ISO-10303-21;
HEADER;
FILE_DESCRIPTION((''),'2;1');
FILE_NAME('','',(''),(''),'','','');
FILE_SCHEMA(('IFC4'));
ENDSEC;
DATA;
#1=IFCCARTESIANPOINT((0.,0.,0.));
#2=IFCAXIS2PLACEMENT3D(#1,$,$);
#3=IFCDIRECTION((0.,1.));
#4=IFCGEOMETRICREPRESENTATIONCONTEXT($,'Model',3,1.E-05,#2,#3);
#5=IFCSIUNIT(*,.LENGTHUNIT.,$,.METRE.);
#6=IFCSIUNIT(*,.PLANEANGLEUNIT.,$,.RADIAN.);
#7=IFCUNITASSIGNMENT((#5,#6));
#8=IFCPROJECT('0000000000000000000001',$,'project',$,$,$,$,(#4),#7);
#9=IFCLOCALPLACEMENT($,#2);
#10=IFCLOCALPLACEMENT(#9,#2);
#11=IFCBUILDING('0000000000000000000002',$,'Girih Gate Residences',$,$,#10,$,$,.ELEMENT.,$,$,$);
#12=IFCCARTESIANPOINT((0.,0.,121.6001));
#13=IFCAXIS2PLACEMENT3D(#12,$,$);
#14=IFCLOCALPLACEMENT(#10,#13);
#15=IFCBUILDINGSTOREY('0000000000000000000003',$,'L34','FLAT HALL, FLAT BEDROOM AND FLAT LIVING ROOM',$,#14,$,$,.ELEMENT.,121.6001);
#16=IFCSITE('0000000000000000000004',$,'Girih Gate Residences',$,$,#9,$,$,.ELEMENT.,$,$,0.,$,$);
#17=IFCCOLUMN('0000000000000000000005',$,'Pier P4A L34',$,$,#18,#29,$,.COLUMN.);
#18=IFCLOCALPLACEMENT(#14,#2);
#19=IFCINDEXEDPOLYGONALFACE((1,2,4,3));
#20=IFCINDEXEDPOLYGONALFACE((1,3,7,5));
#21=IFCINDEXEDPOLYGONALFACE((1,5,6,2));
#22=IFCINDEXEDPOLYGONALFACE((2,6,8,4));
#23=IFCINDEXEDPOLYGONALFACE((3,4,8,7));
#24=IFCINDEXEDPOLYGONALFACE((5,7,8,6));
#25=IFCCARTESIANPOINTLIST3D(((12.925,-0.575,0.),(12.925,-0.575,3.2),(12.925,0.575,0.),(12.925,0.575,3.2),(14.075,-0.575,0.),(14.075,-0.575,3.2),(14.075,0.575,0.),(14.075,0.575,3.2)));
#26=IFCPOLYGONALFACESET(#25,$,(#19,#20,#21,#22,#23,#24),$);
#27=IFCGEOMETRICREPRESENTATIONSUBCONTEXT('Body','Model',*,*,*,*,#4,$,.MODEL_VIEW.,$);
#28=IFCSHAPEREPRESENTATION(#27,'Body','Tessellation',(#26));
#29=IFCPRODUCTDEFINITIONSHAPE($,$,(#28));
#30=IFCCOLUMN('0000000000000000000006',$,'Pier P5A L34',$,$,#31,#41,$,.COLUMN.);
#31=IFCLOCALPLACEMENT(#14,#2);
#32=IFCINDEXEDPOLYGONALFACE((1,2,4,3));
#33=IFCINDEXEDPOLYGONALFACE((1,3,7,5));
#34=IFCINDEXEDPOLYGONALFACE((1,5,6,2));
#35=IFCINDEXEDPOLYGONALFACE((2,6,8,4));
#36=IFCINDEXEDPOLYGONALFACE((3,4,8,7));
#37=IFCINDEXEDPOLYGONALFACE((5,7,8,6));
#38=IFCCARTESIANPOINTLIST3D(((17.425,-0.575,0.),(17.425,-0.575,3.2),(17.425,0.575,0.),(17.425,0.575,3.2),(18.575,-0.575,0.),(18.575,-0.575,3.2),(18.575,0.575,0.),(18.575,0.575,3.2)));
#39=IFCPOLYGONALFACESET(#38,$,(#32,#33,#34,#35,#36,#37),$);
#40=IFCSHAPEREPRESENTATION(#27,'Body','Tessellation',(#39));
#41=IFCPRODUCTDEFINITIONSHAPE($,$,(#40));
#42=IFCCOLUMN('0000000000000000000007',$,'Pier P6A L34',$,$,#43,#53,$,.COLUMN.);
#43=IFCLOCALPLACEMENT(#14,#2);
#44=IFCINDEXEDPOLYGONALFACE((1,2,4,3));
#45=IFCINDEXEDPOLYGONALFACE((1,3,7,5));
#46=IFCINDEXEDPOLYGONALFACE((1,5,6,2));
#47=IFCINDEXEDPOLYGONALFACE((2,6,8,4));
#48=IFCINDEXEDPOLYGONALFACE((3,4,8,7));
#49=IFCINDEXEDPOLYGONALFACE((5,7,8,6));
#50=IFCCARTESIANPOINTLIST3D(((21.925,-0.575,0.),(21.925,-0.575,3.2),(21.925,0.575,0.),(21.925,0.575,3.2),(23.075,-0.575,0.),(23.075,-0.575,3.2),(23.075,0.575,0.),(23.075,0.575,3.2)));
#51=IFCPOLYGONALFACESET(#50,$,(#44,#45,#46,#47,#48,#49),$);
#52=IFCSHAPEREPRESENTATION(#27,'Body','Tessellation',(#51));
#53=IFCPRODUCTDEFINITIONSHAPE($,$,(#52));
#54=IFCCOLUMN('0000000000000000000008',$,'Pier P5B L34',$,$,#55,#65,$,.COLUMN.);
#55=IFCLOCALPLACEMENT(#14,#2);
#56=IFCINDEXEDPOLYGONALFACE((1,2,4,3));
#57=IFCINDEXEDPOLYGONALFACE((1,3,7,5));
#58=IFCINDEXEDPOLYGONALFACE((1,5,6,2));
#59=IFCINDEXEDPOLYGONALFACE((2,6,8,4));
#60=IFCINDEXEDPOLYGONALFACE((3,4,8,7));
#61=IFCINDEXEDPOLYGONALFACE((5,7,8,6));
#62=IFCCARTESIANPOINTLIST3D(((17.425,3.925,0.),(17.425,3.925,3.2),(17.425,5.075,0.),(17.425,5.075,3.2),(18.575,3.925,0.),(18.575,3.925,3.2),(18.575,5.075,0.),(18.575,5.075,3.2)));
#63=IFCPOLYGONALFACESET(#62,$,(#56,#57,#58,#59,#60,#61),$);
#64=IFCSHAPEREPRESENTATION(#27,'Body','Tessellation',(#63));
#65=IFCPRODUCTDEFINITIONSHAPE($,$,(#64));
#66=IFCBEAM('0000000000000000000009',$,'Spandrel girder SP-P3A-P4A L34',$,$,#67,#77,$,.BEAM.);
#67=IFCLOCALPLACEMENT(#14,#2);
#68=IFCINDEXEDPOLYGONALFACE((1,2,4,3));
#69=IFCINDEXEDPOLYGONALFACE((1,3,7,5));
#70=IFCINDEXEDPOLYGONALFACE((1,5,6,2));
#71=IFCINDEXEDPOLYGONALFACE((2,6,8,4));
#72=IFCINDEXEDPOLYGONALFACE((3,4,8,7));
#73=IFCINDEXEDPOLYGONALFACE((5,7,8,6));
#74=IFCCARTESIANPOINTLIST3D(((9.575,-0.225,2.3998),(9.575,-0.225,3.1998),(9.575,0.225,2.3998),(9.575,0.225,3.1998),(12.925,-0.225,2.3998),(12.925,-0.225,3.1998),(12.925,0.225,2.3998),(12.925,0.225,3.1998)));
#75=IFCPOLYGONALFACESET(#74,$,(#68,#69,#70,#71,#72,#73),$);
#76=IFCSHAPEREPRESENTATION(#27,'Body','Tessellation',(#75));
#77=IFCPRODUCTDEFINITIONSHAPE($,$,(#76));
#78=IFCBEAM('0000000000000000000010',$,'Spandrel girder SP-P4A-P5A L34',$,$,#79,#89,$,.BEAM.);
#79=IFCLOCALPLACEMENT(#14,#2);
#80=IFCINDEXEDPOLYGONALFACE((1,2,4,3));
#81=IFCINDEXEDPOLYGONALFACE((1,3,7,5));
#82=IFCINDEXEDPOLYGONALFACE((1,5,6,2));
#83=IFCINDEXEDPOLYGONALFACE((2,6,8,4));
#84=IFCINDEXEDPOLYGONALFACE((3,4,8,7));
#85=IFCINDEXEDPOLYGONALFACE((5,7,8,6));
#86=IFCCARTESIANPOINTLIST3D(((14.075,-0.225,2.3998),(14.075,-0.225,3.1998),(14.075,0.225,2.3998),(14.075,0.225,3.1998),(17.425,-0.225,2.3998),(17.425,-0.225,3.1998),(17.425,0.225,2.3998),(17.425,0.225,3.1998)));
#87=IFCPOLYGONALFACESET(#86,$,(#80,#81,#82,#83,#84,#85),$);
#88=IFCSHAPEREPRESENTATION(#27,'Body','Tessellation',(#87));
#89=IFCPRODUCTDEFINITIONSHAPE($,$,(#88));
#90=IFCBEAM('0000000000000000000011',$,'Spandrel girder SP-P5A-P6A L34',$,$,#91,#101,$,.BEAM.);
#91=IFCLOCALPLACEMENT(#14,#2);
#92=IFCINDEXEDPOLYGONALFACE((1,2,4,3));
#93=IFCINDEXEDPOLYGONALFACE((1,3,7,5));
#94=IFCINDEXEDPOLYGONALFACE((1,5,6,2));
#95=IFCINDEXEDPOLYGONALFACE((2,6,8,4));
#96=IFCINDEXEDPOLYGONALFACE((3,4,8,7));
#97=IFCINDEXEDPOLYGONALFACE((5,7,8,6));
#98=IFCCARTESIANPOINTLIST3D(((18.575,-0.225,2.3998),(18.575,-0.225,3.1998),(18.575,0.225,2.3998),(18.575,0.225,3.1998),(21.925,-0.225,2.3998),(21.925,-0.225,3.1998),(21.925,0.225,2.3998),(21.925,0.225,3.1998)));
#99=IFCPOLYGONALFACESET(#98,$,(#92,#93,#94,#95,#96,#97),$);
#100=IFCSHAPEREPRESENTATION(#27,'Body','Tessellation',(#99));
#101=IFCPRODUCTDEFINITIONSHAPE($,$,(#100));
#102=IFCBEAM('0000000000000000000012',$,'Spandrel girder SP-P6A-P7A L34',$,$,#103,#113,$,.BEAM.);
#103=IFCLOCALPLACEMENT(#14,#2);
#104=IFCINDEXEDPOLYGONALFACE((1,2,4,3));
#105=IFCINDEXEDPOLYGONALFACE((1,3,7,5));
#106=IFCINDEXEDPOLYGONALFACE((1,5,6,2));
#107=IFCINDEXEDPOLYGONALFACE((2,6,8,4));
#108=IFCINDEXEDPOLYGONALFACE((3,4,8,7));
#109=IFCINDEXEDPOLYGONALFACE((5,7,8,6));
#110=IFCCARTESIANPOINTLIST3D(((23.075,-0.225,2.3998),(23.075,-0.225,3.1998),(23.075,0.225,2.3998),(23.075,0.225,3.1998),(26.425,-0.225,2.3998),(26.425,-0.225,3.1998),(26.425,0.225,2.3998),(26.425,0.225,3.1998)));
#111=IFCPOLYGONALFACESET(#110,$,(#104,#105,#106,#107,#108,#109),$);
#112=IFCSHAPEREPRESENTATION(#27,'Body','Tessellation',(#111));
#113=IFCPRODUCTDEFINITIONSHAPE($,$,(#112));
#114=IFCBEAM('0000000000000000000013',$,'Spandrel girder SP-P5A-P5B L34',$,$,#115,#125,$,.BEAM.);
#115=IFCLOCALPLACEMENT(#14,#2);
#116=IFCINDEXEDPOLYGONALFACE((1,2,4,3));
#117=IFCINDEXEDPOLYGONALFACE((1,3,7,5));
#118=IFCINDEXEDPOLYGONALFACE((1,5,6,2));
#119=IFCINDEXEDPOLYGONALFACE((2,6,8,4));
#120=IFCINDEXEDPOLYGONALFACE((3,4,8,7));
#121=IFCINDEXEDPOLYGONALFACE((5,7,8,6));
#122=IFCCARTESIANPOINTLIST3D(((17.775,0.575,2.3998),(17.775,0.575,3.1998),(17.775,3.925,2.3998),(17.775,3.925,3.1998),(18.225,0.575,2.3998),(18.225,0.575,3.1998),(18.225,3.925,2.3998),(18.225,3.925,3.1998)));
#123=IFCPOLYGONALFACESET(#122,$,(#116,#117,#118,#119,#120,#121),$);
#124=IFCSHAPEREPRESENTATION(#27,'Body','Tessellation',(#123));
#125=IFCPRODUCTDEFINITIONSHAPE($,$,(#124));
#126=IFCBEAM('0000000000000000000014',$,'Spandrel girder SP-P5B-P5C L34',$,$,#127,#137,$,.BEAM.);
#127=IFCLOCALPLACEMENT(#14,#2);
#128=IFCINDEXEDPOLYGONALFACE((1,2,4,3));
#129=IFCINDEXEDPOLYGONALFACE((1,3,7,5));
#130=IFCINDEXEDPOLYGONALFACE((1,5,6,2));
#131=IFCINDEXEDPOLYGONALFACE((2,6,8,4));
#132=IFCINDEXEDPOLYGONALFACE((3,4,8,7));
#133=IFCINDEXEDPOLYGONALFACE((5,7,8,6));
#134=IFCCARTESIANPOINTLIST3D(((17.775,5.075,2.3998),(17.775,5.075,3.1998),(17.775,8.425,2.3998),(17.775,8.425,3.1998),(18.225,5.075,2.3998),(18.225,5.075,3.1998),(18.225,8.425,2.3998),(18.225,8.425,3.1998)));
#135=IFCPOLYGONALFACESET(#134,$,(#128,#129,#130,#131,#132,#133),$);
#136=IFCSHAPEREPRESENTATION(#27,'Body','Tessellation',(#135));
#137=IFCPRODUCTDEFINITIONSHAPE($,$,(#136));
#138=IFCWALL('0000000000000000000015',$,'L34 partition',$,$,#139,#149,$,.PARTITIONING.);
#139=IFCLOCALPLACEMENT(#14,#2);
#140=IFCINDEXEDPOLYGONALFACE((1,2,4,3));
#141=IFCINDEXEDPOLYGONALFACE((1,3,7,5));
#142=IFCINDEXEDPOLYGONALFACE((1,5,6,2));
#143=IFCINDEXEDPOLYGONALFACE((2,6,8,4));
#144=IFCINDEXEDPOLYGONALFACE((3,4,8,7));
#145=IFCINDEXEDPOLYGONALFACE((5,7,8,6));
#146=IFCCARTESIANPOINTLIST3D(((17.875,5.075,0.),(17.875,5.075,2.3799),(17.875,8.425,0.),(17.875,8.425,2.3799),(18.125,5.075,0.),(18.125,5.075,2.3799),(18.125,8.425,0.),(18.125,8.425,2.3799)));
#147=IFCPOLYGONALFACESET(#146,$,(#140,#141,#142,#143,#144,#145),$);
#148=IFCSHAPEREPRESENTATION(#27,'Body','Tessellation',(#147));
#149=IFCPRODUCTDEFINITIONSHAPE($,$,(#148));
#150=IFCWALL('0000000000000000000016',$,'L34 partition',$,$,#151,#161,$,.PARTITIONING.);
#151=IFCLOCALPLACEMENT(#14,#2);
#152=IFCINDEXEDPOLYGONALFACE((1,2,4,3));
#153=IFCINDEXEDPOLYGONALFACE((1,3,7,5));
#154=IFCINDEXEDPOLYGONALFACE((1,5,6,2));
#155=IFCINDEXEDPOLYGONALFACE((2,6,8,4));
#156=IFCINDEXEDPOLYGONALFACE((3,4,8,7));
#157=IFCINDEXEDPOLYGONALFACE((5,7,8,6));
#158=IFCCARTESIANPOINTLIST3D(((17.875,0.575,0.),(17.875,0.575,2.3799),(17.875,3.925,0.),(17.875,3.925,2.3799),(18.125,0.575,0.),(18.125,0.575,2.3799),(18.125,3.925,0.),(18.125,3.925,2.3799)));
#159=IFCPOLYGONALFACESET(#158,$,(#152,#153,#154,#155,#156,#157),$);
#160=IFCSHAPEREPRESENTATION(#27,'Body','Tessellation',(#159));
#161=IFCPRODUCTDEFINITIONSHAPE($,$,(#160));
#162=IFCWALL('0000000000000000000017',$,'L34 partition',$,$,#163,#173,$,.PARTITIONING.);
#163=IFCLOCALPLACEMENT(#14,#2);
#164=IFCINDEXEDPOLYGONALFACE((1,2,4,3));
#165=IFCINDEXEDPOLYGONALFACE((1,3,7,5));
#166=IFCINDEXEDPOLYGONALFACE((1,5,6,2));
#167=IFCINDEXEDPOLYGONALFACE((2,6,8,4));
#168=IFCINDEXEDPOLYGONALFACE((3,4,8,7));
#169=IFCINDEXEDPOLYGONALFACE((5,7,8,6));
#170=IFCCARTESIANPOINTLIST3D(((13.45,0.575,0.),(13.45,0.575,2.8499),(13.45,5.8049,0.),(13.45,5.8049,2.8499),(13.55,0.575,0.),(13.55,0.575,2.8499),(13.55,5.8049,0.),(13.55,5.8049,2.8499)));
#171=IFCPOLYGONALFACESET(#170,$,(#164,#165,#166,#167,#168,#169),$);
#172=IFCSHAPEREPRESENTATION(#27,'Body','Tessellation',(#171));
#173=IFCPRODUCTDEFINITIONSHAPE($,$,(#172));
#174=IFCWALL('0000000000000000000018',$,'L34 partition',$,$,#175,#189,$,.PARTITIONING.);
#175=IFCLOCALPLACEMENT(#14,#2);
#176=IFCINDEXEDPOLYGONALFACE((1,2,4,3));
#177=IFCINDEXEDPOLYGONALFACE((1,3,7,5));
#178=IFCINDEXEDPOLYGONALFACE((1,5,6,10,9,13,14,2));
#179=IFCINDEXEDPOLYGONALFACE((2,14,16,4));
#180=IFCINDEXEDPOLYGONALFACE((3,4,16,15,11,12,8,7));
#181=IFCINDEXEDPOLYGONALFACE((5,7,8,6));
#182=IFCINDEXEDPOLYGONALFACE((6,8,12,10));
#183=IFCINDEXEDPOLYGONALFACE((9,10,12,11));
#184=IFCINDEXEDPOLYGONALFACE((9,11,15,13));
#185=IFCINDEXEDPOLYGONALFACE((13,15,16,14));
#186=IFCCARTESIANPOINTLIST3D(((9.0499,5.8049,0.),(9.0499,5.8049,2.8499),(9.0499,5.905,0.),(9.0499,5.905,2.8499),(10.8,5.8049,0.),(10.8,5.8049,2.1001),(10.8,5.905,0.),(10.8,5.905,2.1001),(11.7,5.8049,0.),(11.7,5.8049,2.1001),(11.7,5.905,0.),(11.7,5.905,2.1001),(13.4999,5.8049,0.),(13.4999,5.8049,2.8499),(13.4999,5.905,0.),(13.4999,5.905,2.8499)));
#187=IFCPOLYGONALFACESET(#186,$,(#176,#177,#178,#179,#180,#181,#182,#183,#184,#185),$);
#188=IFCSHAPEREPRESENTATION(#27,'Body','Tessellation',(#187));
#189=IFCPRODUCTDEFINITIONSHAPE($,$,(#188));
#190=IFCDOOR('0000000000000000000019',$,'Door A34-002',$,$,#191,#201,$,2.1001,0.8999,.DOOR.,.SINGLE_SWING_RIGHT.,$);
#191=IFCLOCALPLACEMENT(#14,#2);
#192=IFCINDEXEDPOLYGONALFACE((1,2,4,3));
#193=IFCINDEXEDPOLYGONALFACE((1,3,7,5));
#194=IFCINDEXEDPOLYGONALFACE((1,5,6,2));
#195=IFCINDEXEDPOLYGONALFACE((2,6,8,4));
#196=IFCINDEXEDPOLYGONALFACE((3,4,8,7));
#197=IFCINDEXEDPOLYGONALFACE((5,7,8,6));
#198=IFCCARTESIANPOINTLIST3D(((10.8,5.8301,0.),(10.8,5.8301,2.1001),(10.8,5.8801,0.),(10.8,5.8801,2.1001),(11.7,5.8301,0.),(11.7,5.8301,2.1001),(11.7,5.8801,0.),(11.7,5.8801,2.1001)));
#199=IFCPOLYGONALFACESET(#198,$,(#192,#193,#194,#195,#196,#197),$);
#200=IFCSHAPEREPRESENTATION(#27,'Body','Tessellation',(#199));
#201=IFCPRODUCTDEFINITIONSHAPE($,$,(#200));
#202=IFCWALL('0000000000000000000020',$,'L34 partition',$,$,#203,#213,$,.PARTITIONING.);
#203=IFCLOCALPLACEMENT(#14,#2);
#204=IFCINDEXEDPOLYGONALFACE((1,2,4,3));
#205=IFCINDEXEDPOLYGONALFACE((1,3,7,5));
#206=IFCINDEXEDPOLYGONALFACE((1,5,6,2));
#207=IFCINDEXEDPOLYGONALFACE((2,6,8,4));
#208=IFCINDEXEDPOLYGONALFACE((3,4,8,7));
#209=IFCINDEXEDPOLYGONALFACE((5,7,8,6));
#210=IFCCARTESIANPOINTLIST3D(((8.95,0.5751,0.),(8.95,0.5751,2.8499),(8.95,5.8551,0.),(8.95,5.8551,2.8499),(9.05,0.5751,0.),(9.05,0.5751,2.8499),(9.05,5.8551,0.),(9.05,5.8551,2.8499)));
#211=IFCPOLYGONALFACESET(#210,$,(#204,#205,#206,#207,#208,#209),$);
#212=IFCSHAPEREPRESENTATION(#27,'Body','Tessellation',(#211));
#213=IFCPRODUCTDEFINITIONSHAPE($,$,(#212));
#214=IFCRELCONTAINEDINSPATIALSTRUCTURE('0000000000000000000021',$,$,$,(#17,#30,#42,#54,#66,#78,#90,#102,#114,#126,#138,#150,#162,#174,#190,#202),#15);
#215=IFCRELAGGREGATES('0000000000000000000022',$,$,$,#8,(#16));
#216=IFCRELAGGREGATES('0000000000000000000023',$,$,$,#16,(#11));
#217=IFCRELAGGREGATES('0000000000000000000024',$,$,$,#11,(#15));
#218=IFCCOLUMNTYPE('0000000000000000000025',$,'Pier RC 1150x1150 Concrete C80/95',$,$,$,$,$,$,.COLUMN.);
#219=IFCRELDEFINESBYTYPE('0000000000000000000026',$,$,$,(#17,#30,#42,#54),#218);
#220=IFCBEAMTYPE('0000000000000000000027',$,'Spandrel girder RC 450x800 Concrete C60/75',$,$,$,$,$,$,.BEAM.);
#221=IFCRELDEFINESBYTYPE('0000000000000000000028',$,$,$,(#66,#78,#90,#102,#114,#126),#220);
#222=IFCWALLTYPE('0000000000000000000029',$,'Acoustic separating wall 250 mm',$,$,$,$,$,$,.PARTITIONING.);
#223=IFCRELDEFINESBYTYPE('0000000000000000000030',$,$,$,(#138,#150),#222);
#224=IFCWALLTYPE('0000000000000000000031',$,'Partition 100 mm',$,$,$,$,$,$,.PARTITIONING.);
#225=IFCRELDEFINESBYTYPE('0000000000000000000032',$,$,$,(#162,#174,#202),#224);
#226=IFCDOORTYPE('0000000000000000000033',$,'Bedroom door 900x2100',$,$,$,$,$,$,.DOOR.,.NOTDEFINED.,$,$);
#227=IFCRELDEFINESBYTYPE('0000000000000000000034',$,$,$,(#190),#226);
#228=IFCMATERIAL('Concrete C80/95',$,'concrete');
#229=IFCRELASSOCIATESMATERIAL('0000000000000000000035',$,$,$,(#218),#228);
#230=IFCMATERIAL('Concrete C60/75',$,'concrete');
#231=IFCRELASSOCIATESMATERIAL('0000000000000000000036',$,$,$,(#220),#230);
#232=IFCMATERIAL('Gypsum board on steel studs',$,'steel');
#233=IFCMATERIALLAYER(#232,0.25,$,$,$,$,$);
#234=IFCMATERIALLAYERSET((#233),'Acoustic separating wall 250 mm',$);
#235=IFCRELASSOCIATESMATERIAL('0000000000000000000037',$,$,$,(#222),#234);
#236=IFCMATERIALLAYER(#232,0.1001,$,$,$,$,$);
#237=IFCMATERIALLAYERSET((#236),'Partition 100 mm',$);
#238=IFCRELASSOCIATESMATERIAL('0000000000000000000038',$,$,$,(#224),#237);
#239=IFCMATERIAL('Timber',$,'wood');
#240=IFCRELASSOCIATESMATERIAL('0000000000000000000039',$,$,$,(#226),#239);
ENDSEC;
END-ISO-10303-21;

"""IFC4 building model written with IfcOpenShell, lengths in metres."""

from ifc_helpers import new_model, si_unit, direction, frame, frame_2d, origin, origin_2d, place, context, subcontext, project, spatial, rectangle, extrude, material, layer, layer_set, material_profile, profile_set, type_object, element, fill, save


model = new_model("IFC4")

# Units and contexts
model_context = context("Model", 3, precision=1e-05, world=origin(), true_north=direction((0.0, 1.0)))
body_context = subcontext(model_context, "Body", "Model", "MODEL_VIEW")
ifc_project = project(units=[si_unit("LENGTHUNIT", "METRE"), si_unit("PLANEANGLEUNIT", "RADIAN")], contexts=[model_context])

# Site, building, storey
site_placement = place(None, origin())
site = spatial("IfcSite", under=ifc_project, at=site_placement, Name="Girih Gate Residences", CompositionType="ELEMENT", RefElevation=0.0)
building_placement = place(site_placement, origin())
building = spatial("IfcBuilding", under=site, at=building_placement, Name="Girih Gate Residences", CompositionType="ELEMENT")
storey_placement = place(building_placement, frame((0.0, 0.0, 121.6001)))
storey = spatial("IfcBuildingStorey", under=building, at=storey_placement, Name="L34", Description="FLAT HALL, FLAT BEDROOM AND FLAT LIVING ROOM", CompositionType="ELEMENT", Elevation=121.6001)

# Columns
ifc_material_1 = material(Name="Concrete C80/95", Category="concrete")
ifc_material_profile_1 = material_profile(ifc_material_1, rectangle(XDim=1.1499, YDim=1.1499, at=origin_2d()))
ifc_profile_set_1 = profile_set([ifc_material_profile_1], Name="Concrete C80/95")
column_type = type_object("IfcColumnType", Name="Pier RC 1150x1150 Concrete C80/95", PredefinedType="COLUMN", material=ifc_profile_set_1)
for number, where, z_axis, x_axis, name in (
    (1, (13.5, 0.0, 0.0), (0.0, 0.0, 1.0), (1.0, 0.0, 0.0), "Pier P4A L34"),
    (2, (18.0, 0.0, 0.0), (0.0, 0.0, 1.0), (1.0, 0.0, 0.0), "Pier P5A L34"),
    (3, (22.5, 0.0, 0.0), (0.0, 0.0, 1.0), (1.0, 0.0, 0.0), "Pier P6A L34"),
    (4, (18.0, 4.5, 0.0), (0.0, 0.0, 1.0), (1.0, 0.0, 0.0), "Pier P5B L34"),
):
    element("IfcColumn", number, at=place(storey_placement, frame(where, z_axis=z_axis, x_axis=x_axis)), inside=storey, type_object=column_type, Name=name, PredefinedType="COLUMN", context=body_context, shape_type="SweptSolid", body=[
        extrude(rectangle(XDim=1.1499, YDim=1.1499, at=origin_2d()), origin(), (0.0, 0.0, 1.0), 3.2),
    ])

# Beams
ifc_material_2 = material(Name="Concrete C60/75", Category="concrete")
ifc_material_profile_2 = material_profile(ifc_material_2, rectangle(XDim=0.45, YDim=0.8, at=origin_2d()))
ifc_profile_set_2 = profile_set([ifc_material_profile_2], Name="Concrete C60/75")
beam_type = type_object("IfcBeamType", Name="Spandrel girder RC 450x800 Concrete C60/75", PredefinedType="BEAM", material=ifc_profile_set_2)
for number, where, z_axis, x_axis, name in (
    (5, (9.575, 0.0, 2.7998), (1.0, 0.0, 0.0), (0.0, 1.0, 0.0), "Spandrel girder SP-P3A-P4A L34"),
    (6, (14.075, 0.0, 2.7998), (1.0, 0.0, 0.0), (0.0, 1.0, 0.0), "Spandrel girder SP-P4A-P5A L34"),
    (7, (18.575, 0.0, 2.7998), (1.0, 0.0, 0.0), (0.0, 1.0, 0.0), "Spandrel girder SP-P5A-P6A L34"),
    (8, (23.075, 0.0, 2.7998), (1.0, 0.0, 0.0), (0.0, 1.0, 0.0), "Spandrel girder SP-P6A-P7A L34"),
    (9, (18.0, 0.575, 2.7998), (0.0, 1.0, 0.0), (-1.0, 0.0, 0.0), "Spandrel girder SP-P5A-P5B L34"),
    (10, (18.0, 5.075, 2.7998), (0.0, 1.0, 0.0), (-1.0, 0.0, 0.0), "Spandrel girder SP-P5B-P5C L34"),
):
    element("IfcBeam", number, at=place(storey_placement, frame(where, z_axis=z_axis, x_axis=x_axis)), inside=storey, type_object=beam_type, Name=name, PredefinedType="BEAM", context=body_context, shape_type="SweptSolid", body=[
        extrude(rectangle(XDim=0.45, YDim=0.8, at=origin_2d()), origin(), (0.0, 0.0, 1.0), 3.3501),
    ])

# Walls
ifc_material_3 = material(Name="Gypsum board on steel studs", Category="steel")
ifc_layer_1 = layer(ifc_material_3, 0.25)
ifc_layer_set_1 = layer_set([ifc_layer_1], Name="Acoustic separating wall 250 mm")
wall_type_1 = type_object("IfcWallType", Name="Acoustic separating wall 250 mm", PredefinedType="PARTITIONING", material=ifc_layer_set_1)
for number, where, z_axis, x_axis, name in (
    (11, (18.0, 5.075, 0.0), (0.0, 0.0, 1.0), (0.0, 1.0, 0.0), "L34 partition"),
    (12, (18.0, 0.575, 0.0), (0.0, 0.0, 1.0), (0.0, 1.0, 0.0), "L34 partition"),
):
    element("IfcWall", number, at=place(storey_placement, frame(where, z_axis=z_axis, x_axis=x_axis)), inside=storey, type_object=wall_type_1, Name=name, PredefinedType="PARTITIONING", context=body_context, shape_type="SweptSolid", body=[
        extrude(rectangle(XDim=3.3501, YDim=0.25, at=frame_2d((1.675, 0.0))), origin(), (0.0, 0.0, 1.0), 2.3799),
    ])
ifc_layer_2 = layer(ifc_material_3, 0.1001)
ifc_layer_set_2 = layer_set([ifc_layer_2], Name="Partition 100 mm")
wall_type_2 = type_object("IfcWallType", Name="Partition 100 mm", PredefinedType="PARTITIONING", material=ifc_layer_set_2)
wall_1_placement = place(storey_placement, frame((13.5, 0.575, 0.0), z_axis=(0.0, 0.0, 1.0), x_axis=(0.0, 1.0, 0.0)))
element("IfcWall", 13, at=wall_1_placement, inside=storey, type_object=wall_type_2, Name="L34 partition", PredefinedType="PARTITIONING", context=body_context, shape_type="SweptSolid", body=[
    extrude(rectangle(XDim=5.23, YDim=0.1001, at=frame_2d((2.615, 0.0))), origin(), (0.0, 0.0, 1.0), 2.8499),
])

# Wall, opening, door
wall_2_placement = place(storey_placement, frame((13.5, 5.855, 0.0), z_axis=(0.0, 0.0, 1.0), x_axis=(-1.0, 0.0, 0.0)))
wall_2 = element("IfcWall", 14, at=wall_2_placement, inside=storey, type_object=wall_type_2, Name="L34 partition", PredefinedType="PARTITIONING", context=body_context, shape_type="SweptSolid", body=[
    extrude(rectangle(XDim=4.45, YDim=0.1001, at=frame_2d((2.2251, 0.0))), origin(), (0.0, 0.0, 1.0), 2.8499),
])
opening_1_placement = place(wall_2_placement, frame((1.8, 0.0, 0.0)))
opening_1 = element("IfcOpeningElement", 15, at=opening_1_placement, cuts=wall_2, PredefinedType="OPENING", context=body_context, shape_type="SweptSolid", body=[
    extrude(rectangle(XDim=0.8999, YDim=2.1001, at=frame_2d((0.45, 1.05))), frame((0.0, 0.0601, 0.0), z_axis=(0.0, -1.0, 0.0), x_axis=(1.0, 0.0, 0.0)), (0.0, 0.0, 1.0), 0.1201),
])
ifc_material_4 = material(Name="Timber", Category="wood")
door_type_1 = type_object("IfcDoorType", Name="Bedroom door 900x2100", OperationType="NOTDEFINED", PredefinedType="DOOR", material=ifc_material_4)
door_1_placement = place(opening_1_placement, origin())
door_1 = element("IfcDoor", 16, at=door_1_placement, inside=storey, type_object=door_type_1, Name="Door A34-002", OperationType="SINGLE_SWING_RIGHT", OverallHeight=2.1001, OverallWidth=0.8999, PredefinedType="DOOR", context=body_context, shape_type="SweptSolid", body=[
    extrude(rectangle(XDim=0.8999, YDim=2.1001, at=frame_2d((0.45, 1.05))), frame((0.0, 0.0249, 0.0), z_axis=(0.0, -1.0, 0.0), x_axis=(1.0, 0.0, 0.0)), (0.0, 0.0, 1.0), 0.05),
])
fill(opening_1, door_1)

# Wall
wall_3_placement = place(storey_placement, frame((9.0, 0.575, 0.0), z_axis=(0.0, 0.0, 1.0), x_axis=(0.0, 1.0, 0.0)))
element("IfcWall", 17, at=wall_3_placement, inside=storey, type_object=wall_type_2, Name="L34 partition", PredefinedType="PARTITIONING", context=body_context, shape_type="SweptSolid", body=[
    extrude(rectangle(XDim=5.28, YDim=0.1001, at=frame_2d((2.6401, 0.0))), origin(), (0.0, 0.0, 1.0), 2.8499),
])

save(model, "model.ifc")
